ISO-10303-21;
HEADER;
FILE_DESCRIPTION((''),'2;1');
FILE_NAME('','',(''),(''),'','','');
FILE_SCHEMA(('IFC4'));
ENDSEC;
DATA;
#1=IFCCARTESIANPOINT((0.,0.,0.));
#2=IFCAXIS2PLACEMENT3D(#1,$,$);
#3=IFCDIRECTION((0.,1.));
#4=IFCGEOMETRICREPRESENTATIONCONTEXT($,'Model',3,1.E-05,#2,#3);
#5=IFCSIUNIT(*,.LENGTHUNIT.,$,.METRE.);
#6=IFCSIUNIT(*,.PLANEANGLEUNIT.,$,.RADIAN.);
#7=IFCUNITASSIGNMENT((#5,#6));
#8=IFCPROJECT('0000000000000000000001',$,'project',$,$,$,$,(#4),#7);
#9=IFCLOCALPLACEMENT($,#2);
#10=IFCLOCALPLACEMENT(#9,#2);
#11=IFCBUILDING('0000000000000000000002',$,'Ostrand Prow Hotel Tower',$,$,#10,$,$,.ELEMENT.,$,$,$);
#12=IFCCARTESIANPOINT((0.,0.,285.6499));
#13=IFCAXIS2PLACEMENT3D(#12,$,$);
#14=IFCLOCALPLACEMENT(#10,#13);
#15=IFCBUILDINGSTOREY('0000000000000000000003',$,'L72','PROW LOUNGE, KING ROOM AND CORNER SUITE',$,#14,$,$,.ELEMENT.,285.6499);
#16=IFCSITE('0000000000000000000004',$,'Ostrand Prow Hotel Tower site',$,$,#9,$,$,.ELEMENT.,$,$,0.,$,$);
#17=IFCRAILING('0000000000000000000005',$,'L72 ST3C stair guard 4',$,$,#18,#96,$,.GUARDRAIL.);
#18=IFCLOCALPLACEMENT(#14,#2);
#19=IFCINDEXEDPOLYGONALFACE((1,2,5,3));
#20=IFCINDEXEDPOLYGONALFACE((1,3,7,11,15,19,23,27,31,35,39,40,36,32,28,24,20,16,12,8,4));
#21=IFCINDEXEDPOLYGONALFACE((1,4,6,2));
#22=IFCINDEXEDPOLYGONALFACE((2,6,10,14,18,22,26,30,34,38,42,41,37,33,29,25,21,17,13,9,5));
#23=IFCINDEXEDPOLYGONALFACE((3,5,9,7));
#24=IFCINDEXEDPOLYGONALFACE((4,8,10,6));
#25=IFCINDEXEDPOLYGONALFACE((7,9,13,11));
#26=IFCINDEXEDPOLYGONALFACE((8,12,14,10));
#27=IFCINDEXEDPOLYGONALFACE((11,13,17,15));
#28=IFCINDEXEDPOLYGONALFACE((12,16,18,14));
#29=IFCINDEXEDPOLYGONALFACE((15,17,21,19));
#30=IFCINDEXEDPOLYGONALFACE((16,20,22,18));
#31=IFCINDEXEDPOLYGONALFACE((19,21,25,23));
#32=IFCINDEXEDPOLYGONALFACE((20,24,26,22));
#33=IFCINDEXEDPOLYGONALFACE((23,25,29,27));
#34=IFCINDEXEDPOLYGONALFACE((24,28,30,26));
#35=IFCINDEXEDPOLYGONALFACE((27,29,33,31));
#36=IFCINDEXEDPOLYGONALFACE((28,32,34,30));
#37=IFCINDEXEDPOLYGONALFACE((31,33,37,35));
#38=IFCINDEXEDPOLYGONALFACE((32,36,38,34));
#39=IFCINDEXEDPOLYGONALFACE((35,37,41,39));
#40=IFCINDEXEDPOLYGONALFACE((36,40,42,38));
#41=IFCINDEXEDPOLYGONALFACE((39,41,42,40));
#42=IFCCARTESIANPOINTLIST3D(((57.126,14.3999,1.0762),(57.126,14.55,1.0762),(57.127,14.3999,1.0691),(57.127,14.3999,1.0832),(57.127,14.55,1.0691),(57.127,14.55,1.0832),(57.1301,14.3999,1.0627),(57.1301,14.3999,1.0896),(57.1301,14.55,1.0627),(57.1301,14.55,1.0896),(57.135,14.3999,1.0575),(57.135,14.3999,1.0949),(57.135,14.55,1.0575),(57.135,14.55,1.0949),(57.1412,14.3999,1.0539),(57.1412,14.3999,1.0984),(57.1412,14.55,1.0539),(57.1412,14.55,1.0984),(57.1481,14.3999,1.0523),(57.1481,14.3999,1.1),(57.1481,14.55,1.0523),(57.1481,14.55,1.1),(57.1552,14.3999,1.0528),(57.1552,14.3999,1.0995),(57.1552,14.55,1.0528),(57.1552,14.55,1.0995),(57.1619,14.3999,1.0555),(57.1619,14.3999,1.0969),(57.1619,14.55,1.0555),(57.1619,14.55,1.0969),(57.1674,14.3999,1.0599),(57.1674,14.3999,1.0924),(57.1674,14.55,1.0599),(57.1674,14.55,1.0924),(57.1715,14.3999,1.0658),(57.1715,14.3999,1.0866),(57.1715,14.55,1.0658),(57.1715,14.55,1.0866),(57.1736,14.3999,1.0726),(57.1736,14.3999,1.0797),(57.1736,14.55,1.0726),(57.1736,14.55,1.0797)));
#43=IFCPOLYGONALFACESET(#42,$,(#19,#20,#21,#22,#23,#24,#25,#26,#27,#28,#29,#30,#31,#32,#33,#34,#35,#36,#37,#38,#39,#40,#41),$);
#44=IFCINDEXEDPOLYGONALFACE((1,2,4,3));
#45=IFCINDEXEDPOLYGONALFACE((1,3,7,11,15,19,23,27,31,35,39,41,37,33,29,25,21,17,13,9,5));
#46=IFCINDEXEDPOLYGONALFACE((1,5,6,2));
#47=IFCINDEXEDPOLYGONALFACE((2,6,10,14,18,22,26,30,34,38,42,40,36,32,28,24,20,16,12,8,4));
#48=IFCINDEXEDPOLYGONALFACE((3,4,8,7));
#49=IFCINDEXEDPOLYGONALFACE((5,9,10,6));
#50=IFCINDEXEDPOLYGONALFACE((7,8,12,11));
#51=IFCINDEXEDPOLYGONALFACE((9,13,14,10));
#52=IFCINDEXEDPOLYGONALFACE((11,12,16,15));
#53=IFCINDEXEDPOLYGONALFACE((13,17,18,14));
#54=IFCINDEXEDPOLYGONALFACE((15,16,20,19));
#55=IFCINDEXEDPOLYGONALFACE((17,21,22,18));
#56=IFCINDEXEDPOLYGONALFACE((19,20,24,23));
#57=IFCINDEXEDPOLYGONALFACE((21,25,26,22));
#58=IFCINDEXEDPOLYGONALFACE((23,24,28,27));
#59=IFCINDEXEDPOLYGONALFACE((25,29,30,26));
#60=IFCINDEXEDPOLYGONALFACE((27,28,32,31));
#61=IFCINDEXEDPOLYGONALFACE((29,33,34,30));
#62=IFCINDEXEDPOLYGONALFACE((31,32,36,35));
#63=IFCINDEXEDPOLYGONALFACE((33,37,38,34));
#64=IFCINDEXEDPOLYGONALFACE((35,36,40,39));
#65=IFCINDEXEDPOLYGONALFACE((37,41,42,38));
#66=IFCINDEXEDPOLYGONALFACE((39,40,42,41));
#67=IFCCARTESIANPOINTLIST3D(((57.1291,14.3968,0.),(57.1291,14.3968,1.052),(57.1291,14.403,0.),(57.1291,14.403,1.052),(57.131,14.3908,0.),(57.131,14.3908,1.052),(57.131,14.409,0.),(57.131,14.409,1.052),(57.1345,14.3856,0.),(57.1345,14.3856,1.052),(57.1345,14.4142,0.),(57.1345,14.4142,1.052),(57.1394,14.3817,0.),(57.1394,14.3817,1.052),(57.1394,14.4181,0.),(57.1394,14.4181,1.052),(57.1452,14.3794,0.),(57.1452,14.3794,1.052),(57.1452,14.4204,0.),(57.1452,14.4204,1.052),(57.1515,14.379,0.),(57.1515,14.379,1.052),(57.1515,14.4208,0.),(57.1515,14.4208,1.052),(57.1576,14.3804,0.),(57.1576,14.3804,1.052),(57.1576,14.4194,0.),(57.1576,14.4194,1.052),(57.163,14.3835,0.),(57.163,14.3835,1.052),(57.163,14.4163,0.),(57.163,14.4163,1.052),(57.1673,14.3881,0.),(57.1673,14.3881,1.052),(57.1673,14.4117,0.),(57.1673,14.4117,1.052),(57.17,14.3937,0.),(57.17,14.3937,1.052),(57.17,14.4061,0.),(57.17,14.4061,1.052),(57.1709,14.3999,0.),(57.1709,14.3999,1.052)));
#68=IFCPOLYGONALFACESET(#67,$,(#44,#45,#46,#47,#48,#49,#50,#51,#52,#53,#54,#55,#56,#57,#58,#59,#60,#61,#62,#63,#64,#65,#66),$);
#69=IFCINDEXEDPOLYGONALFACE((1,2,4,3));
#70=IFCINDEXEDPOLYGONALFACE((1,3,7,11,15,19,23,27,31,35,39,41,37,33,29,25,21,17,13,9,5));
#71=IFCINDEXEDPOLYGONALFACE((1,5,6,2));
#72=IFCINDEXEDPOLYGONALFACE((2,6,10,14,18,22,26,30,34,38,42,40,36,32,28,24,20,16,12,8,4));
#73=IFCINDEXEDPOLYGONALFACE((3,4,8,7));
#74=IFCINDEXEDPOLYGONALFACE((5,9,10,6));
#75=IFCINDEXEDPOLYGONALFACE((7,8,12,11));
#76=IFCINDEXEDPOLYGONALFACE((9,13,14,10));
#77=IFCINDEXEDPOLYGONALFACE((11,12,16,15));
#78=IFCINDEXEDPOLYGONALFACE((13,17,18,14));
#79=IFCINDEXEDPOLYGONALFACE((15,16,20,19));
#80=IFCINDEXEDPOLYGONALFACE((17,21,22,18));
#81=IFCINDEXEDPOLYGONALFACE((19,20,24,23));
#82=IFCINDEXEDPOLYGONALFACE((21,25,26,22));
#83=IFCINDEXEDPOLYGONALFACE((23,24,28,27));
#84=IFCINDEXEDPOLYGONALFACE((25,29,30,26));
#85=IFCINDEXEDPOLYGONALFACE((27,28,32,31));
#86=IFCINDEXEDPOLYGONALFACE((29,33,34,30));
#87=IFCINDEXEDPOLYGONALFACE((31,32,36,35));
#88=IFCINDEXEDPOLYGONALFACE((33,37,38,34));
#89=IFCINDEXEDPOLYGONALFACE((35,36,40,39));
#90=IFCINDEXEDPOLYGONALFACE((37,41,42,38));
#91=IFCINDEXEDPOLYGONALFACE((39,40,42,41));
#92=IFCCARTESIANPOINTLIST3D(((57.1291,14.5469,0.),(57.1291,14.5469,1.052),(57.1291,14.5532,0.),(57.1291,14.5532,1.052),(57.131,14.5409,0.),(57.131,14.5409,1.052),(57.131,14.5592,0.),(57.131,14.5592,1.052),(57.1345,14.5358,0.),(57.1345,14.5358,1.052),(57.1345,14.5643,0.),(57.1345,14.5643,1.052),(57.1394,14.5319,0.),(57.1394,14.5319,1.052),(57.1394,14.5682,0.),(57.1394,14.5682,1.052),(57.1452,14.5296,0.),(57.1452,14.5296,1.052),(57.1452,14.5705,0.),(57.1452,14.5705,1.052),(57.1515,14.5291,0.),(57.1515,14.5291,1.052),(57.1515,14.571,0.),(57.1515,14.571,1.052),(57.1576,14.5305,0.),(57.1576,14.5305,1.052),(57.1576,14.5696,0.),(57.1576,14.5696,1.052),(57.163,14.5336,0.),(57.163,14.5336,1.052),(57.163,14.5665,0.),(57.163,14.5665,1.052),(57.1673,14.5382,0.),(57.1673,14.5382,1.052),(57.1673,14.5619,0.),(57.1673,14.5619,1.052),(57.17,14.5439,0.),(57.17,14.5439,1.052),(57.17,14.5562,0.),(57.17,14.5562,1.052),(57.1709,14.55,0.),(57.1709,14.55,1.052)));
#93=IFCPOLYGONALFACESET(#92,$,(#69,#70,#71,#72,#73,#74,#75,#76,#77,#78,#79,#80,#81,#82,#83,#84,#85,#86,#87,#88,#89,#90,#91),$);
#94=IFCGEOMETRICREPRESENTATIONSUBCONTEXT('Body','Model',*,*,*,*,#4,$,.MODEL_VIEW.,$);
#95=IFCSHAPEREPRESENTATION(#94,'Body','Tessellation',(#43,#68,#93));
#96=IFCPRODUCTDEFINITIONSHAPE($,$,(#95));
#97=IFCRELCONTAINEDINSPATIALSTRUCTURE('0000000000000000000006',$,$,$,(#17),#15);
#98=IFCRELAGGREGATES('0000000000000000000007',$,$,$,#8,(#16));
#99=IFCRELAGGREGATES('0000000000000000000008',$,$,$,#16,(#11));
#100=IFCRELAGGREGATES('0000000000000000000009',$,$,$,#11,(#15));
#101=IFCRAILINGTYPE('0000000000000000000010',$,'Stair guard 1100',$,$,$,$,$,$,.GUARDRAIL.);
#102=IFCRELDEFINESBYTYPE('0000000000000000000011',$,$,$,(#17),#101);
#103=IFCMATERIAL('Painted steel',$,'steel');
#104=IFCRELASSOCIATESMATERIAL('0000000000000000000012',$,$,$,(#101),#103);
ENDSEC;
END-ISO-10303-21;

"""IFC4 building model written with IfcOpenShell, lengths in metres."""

from ifc_helpers import new_model, si_unit, direction, frame, origin, origin_2d, place, context, subcontext, project, spatial, circle, extrude, material, type_object, element, save


model = new_model("IFC4")

# Units and contexts
model_context = context("Model", 3, precision=1e-05, world=origin(), true_north=direction((0.0, 1.0)))
body_context = subcontext(model_context, "Body", "Model", "MODEL_VIEW")
ifc_project = project(units=[si_unit("LENGTHUNIT", "METRE"), si_unit("PLANEANGLEUNIT", "RADIAN")], contexts=[model_context])

# Site, building, storey
site_placement = place(None, origin())
site = spatial("IfcSite", under=ifc_project, at=site_placement, Name="Ostrand Prow Hotel Tower site", CompositionType="ELEMENT", RefElevation=0.0)
building_placement = place(site_placement, origin())
building = spatial("IfcBuilding", under=site, at=building_placement, Name="Ostrand Prow Hotel Tower", CompositionType="ELEMENT")
storey_placement = place(building_placement, frame((0.0, 0.0, 285.6499)))
storey = spatial("IfcBuildingStorey", under=building, at=storey_placement, Name="L72", Description="PROW LOUNGE, KING ROOM AND CORNER SUITE", CompositionType="ELEMENT", Elevation=285.6499)

# Railing
ifc_material_1 = material(Name="Painted steel", Category="steel")
railing_type_1 = type_object("IfcRailingType", Name="Stair guard 1100", PredefinedType="GUARDRAIL", material=ifc_material_1)
railing_1_placement = place(storey_placement, frame((57.1499, 14.3999, 0.0)))
element("IfcRailing", 1, at=railing_1_placement, inside=storey, type_object=railing_type_1, Name="L72 ST3C stair guard 4", PredefinedType="GUARDRAIL", context=body_context, shape_type="SweptSolid", body=[
    extrude(circle(Radius=0.0239, at=origin_2d()), frame((0.0, 0.0, 1.0762), z_axis=(0.0, 1.0, 0.0), x_axis=(-1.0, 0.0, 0.0)), (0.0, 0.0, 1.0), 0.1501),
    extrude(circle(Radius=0.021, at=origin_2d()), origin(), (0.0, 0.0, 1.0), 1.052),
    extrude(circle(Radius=0.021, at=origin_2d()), frame((0.0, 0.1501, 0.0)), (0.0, 0.0, 1.0), 1.052),
])

save(model, "model.ifc")
